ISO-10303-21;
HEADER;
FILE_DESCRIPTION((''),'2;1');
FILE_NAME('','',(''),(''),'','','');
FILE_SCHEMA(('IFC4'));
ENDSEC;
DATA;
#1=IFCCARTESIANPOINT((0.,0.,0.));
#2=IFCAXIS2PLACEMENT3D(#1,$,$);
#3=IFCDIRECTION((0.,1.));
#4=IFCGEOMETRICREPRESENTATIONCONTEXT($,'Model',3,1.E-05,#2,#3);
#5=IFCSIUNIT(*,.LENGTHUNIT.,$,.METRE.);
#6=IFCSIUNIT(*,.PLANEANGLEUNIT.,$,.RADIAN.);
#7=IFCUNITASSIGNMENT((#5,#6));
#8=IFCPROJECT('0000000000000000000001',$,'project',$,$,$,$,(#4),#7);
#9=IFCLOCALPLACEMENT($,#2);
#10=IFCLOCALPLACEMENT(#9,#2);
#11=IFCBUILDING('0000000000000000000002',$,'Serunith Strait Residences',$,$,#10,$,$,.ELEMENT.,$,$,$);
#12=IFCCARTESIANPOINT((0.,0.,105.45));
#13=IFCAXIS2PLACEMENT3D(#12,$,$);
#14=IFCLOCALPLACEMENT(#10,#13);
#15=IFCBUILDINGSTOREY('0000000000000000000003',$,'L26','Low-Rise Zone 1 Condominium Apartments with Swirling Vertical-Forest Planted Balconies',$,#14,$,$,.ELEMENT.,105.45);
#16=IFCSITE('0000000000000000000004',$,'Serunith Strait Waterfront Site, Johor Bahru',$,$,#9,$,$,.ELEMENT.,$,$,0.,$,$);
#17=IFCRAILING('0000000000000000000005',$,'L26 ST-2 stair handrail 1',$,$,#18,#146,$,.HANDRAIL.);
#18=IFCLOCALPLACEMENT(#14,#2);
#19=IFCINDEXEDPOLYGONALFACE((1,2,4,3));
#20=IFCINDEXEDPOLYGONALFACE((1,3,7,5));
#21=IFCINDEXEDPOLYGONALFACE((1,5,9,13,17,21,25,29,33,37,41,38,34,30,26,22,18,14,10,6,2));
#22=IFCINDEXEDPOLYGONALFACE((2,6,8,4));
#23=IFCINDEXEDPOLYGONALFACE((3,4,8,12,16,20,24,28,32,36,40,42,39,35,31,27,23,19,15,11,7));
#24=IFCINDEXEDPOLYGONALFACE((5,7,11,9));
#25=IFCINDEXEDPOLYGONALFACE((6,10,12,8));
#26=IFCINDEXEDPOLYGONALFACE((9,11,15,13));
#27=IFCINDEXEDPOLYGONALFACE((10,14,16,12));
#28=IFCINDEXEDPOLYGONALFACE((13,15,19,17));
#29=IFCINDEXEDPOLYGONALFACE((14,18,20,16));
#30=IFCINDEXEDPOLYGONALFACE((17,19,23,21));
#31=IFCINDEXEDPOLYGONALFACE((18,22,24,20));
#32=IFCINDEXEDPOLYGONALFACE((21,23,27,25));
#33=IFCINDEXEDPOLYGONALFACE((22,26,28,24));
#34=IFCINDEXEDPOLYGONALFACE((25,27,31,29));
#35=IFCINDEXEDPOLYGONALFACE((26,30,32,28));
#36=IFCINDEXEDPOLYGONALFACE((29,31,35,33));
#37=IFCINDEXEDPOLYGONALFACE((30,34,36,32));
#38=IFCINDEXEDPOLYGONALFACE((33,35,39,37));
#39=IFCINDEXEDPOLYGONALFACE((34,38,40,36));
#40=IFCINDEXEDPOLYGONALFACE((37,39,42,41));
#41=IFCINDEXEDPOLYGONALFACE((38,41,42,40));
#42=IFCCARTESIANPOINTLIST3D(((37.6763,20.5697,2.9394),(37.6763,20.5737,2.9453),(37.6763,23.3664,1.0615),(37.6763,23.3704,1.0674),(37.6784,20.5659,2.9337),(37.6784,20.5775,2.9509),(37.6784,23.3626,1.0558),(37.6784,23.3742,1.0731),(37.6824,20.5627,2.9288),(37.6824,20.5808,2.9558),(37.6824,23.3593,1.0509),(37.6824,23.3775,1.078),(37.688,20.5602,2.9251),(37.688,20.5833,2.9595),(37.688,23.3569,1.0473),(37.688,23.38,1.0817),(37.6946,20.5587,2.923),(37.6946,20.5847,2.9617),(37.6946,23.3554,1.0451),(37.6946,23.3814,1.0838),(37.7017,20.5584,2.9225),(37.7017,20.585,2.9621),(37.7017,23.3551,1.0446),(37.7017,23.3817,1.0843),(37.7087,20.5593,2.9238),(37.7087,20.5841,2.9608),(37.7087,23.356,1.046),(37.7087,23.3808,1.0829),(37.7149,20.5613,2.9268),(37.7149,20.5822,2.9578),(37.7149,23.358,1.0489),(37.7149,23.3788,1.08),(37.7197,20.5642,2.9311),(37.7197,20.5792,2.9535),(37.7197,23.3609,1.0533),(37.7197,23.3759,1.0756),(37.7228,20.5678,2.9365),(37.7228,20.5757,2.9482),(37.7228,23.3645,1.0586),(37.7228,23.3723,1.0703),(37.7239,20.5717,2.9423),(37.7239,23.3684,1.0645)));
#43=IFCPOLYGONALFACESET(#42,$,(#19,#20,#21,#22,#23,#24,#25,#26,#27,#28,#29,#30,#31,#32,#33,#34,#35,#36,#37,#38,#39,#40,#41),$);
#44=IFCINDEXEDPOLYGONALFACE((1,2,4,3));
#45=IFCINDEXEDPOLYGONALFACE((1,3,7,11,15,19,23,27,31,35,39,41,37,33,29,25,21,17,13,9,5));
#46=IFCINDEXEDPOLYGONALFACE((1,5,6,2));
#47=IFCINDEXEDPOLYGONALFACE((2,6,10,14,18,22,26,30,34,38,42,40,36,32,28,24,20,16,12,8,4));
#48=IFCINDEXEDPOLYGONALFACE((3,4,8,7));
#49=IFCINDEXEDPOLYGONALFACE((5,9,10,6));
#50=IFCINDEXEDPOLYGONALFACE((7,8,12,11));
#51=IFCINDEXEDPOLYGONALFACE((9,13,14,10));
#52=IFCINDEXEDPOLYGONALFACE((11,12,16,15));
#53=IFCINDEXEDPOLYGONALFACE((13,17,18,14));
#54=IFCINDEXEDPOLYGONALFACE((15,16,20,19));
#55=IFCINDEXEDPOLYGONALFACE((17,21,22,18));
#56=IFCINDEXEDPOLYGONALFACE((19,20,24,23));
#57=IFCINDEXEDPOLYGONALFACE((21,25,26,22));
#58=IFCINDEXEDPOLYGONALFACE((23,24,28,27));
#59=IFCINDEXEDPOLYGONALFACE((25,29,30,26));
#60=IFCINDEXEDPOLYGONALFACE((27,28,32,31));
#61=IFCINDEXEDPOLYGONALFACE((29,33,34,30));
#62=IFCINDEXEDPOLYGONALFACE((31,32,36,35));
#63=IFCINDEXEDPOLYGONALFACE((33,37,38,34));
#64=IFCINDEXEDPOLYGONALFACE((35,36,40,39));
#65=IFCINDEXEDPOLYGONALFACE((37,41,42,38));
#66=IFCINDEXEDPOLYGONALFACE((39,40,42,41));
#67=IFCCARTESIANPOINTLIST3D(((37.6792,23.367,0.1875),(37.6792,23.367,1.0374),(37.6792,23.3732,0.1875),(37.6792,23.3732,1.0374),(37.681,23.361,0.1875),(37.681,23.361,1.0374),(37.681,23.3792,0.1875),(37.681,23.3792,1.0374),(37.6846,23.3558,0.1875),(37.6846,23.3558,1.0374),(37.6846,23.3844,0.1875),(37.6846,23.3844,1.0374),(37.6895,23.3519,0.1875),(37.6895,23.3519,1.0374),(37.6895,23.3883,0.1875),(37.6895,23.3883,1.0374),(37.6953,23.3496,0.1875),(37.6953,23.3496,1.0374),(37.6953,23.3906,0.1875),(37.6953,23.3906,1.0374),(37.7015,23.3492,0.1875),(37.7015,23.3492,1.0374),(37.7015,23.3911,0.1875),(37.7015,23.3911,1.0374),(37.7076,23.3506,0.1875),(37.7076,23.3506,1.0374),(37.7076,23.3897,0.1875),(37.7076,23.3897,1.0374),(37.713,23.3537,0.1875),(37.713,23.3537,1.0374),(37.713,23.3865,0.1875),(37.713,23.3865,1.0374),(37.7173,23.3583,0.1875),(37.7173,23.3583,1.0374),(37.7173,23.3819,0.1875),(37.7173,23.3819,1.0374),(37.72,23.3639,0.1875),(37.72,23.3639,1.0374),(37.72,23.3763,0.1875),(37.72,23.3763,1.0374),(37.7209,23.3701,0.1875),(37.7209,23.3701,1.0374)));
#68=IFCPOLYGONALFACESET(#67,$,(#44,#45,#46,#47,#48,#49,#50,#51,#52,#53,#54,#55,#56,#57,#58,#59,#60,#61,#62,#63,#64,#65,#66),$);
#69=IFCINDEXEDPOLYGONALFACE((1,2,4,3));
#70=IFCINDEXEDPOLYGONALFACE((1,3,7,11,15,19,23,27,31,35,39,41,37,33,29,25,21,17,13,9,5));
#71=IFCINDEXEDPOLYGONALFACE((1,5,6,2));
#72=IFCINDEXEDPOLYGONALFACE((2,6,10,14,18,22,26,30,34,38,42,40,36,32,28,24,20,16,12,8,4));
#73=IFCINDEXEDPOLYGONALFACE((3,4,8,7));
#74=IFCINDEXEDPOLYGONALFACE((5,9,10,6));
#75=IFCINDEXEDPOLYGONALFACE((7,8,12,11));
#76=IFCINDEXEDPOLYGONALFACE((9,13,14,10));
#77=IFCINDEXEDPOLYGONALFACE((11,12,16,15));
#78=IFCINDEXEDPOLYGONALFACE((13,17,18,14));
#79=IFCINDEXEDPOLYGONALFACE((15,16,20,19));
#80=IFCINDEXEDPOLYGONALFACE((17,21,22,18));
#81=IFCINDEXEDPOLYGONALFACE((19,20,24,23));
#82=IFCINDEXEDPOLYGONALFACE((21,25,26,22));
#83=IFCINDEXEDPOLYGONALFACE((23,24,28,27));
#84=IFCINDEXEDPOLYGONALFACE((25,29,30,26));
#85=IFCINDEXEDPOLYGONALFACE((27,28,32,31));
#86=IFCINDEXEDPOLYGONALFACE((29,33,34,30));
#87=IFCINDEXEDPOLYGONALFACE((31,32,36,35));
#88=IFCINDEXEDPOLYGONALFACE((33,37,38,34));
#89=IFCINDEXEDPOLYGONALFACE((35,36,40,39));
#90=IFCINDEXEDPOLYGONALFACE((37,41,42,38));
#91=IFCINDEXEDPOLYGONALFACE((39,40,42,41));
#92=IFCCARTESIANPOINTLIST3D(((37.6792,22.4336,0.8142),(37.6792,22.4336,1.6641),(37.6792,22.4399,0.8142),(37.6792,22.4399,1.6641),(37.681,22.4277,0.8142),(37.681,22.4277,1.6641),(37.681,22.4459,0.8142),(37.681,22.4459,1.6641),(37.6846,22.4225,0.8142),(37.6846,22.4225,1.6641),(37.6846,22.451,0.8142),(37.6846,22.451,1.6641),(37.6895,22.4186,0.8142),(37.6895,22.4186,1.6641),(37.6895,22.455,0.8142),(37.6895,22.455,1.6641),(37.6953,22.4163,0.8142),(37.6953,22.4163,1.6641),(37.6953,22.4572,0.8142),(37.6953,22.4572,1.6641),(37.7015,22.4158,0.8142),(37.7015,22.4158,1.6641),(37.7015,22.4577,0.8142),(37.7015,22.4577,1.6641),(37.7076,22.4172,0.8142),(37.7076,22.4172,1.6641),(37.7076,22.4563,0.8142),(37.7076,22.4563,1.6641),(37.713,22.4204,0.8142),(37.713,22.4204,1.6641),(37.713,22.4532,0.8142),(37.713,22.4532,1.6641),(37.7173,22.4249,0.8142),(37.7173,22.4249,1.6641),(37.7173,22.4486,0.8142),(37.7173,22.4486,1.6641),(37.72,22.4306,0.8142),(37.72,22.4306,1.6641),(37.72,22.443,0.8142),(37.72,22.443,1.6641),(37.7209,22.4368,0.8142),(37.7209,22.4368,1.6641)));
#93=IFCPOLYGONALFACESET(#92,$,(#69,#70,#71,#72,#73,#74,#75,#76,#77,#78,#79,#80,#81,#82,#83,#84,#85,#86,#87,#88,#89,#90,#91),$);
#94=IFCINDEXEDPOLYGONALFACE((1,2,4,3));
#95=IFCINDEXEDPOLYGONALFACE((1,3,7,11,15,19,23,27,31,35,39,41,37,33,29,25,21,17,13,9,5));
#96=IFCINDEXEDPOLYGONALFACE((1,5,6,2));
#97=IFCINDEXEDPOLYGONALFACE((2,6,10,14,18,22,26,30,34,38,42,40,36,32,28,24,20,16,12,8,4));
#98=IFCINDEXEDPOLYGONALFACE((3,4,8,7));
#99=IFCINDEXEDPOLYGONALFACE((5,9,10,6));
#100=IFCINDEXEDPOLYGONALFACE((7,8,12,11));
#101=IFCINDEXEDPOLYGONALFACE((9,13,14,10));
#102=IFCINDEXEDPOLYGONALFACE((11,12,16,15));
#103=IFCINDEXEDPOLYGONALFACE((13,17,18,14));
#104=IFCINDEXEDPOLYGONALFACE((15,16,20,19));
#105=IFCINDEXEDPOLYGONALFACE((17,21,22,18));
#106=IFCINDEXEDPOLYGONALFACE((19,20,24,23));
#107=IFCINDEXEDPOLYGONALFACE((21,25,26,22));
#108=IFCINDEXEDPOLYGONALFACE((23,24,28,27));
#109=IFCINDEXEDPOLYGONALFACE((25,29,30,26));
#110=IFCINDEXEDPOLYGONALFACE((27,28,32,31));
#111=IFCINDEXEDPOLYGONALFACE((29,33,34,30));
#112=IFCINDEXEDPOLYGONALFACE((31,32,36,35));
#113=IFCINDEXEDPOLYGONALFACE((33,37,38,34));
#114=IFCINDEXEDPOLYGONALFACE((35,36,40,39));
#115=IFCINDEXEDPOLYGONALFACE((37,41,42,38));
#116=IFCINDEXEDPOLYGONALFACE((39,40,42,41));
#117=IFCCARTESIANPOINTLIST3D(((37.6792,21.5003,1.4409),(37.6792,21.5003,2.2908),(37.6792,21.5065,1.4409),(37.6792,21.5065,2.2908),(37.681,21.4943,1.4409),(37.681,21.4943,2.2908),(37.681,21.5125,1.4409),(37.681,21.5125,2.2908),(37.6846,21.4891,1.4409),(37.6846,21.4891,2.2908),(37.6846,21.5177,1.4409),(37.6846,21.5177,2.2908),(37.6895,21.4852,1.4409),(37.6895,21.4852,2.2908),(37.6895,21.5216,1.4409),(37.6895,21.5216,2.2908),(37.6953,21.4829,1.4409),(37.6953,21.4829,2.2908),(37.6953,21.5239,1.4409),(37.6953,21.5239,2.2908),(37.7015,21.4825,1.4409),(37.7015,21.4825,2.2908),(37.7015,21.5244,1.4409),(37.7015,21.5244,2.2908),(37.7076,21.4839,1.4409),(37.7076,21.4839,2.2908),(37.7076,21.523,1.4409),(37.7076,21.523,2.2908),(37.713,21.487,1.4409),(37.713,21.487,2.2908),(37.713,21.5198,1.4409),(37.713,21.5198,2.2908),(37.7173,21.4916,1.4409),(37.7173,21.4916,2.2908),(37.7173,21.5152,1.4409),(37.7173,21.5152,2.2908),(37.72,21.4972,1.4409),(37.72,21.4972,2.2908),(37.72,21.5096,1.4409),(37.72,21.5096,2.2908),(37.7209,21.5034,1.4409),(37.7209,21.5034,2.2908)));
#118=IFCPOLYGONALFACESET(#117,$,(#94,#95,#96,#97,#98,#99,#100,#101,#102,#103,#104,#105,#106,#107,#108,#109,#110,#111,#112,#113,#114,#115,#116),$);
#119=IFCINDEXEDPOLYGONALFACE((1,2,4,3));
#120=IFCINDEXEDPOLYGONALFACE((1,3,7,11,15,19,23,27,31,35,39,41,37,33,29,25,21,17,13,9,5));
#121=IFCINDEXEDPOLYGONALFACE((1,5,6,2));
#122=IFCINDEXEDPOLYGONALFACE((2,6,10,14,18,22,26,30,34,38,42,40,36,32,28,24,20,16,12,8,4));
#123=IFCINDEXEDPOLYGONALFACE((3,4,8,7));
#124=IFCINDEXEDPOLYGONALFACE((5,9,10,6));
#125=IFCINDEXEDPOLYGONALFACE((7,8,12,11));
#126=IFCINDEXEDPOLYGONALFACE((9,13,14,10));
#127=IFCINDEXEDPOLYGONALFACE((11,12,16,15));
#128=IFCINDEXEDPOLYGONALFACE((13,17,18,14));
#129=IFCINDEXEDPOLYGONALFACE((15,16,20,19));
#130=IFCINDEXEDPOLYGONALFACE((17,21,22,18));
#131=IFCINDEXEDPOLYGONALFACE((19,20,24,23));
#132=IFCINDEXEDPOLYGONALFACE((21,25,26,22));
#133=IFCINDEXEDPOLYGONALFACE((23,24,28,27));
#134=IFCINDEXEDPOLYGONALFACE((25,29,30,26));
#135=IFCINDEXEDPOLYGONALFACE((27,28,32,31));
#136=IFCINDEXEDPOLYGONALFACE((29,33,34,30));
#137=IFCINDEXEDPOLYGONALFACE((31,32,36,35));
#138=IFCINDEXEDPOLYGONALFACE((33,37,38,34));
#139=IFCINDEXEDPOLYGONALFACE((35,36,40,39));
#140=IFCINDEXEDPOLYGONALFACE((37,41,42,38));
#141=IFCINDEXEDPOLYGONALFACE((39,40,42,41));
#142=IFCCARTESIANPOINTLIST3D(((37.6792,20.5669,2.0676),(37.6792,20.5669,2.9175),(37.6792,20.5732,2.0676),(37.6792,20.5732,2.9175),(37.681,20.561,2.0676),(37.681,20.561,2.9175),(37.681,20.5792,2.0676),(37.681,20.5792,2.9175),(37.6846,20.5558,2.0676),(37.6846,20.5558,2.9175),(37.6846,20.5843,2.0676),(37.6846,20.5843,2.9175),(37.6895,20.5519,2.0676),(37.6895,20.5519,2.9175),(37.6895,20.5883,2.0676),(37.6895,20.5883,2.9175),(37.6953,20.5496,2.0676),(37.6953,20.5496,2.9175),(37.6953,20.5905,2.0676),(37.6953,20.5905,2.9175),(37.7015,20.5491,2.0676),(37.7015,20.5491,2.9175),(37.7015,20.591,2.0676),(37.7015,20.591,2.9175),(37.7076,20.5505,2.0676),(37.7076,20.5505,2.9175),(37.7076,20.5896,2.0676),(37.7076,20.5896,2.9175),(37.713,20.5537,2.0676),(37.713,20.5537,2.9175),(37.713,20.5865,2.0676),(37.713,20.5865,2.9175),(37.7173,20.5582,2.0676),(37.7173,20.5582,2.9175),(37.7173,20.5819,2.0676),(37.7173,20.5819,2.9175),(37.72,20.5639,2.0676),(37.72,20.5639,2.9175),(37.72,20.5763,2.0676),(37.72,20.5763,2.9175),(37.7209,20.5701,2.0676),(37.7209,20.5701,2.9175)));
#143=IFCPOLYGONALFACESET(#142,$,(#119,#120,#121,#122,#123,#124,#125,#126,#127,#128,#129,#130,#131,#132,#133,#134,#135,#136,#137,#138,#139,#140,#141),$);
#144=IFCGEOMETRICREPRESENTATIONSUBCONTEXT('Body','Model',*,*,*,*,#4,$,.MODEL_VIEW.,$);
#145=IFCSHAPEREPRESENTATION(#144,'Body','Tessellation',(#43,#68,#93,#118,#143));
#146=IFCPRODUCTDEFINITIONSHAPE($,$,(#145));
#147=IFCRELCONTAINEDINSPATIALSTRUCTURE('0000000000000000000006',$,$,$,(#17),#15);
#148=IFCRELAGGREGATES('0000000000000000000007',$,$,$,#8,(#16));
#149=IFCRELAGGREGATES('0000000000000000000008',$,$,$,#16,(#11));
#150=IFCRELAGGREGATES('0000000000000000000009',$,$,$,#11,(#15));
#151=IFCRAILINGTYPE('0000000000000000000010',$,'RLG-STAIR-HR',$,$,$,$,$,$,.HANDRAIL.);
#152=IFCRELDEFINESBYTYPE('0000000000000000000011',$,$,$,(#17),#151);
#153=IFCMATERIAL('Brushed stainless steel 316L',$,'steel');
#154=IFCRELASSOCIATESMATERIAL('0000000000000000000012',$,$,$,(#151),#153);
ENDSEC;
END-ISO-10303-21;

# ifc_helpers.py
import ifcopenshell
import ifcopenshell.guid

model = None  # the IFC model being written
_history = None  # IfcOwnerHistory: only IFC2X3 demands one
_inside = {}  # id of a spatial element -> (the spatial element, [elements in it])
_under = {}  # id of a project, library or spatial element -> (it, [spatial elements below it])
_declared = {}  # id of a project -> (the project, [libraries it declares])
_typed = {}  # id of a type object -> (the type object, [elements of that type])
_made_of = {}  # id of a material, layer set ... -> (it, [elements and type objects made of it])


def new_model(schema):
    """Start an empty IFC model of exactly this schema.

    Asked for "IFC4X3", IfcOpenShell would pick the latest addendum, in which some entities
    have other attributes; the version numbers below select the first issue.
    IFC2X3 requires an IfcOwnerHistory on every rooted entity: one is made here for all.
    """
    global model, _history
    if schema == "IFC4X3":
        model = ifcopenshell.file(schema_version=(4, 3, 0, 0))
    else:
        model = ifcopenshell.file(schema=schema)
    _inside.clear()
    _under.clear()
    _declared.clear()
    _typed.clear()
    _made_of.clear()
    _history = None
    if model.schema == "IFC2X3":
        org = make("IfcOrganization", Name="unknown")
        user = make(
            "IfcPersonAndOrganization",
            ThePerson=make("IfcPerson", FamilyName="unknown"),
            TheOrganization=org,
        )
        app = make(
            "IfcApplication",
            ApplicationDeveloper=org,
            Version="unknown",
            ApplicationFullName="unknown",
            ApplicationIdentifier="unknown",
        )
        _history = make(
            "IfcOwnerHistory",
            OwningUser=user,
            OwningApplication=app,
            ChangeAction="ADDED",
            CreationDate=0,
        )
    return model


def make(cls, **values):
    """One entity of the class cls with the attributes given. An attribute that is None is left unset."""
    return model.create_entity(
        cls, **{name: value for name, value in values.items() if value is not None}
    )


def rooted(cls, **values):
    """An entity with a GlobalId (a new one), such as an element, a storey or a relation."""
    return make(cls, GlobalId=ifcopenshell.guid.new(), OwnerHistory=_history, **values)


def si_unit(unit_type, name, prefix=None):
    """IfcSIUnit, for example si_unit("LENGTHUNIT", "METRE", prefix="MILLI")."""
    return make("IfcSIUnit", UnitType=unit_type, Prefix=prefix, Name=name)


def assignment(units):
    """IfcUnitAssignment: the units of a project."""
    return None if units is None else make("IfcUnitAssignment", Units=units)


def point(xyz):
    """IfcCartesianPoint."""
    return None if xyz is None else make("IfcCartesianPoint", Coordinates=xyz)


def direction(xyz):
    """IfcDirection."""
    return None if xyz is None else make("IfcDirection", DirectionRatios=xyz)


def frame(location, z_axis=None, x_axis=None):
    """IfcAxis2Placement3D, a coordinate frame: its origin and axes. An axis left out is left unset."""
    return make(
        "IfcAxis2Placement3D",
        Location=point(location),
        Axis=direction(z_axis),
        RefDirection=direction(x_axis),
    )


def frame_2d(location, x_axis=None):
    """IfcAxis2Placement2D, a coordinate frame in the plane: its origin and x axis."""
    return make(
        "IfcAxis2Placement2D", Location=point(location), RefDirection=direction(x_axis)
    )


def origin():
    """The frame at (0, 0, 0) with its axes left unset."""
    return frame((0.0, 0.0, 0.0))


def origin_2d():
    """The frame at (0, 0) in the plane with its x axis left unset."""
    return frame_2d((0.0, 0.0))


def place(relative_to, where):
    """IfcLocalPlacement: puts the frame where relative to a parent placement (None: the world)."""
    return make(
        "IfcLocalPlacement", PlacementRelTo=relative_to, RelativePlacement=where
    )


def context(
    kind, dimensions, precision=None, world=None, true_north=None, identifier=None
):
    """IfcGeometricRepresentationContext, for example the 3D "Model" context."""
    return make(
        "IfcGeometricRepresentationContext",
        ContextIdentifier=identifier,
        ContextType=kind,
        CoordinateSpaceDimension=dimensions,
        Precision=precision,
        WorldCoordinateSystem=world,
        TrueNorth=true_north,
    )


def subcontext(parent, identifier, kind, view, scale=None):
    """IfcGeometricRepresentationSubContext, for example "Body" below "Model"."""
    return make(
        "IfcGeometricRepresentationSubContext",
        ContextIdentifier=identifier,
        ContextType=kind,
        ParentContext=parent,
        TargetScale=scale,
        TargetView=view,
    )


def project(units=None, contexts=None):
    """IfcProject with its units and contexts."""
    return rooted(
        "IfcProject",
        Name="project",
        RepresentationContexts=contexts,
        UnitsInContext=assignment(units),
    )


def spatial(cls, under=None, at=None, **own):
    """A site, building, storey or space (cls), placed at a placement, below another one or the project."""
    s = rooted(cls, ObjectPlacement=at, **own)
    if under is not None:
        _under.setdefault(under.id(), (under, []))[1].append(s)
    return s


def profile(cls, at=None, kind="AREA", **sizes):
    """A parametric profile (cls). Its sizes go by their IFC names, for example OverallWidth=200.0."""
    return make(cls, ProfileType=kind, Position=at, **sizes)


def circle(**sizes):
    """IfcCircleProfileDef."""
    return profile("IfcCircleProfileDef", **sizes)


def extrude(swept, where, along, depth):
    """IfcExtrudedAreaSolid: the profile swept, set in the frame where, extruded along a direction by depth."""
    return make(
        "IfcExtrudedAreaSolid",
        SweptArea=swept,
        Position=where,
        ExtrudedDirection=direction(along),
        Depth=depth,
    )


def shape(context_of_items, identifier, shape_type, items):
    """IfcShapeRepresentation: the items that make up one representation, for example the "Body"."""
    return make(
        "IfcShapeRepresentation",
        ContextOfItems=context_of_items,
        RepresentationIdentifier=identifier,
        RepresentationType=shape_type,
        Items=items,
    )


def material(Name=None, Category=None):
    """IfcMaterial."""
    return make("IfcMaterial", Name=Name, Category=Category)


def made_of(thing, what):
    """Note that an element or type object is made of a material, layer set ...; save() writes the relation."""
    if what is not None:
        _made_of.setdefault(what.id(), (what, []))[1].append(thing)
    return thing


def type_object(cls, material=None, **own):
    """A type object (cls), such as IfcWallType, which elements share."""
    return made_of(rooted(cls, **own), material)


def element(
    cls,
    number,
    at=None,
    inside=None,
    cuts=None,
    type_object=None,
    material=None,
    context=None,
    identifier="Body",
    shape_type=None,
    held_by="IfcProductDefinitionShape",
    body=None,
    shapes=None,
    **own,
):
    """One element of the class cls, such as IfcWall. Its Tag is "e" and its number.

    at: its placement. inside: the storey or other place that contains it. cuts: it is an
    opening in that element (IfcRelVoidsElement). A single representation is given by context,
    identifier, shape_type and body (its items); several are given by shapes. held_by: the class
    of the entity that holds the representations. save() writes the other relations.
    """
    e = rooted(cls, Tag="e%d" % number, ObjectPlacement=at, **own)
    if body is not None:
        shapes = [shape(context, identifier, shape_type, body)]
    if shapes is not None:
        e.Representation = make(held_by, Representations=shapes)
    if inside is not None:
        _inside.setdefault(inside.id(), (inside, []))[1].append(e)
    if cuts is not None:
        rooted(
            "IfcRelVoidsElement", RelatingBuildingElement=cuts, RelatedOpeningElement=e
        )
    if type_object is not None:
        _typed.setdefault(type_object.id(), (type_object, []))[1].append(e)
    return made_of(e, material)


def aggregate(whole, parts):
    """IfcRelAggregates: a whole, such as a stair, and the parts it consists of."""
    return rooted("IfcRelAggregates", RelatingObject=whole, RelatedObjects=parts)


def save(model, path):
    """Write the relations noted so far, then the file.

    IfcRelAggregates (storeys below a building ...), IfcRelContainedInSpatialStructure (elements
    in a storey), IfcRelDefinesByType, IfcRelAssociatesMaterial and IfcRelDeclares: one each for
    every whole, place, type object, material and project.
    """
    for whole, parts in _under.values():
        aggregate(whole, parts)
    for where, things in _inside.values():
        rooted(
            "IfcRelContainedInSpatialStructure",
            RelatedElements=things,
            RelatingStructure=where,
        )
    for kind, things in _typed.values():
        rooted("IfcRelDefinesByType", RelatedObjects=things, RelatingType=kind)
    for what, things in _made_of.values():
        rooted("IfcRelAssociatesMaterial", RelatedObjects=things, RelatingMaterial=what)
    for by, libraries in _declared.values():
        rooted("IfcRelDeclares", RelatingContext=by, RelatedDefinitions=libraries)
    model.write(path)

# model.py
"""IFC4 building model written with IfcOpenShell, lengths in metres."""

from ifc_helpers import new_model, si_unit, direction, frame, origin, origin_2d, place, context, subcontext, project, spatial, circle, extrude, material, type_object, element, save


model = new_model("IFC4")

# Units and contexts
model_context = context("Model", 3, precision=1e-05, world=origin(), true_north=direction((0.0, 1.0)))
body_context = subcontext(model_context, "Body", "Model", "MODEL_VIEW")
ifc_project = project(units=[si_unit("LENGTHUNIT", "METRE"), si_unit("PLANEANGLEUNIT", "RADIAN")], contexts=[model_context])

# Site, building, storey
site_placement = place(None, origin())
site = spatial("IfcSite", under=ifc_project, at=site_placement, Name="Serunith Strait Waterfront Site, Johor Bahru", CompositionType="ELEMENT", RefElevation=0.0)
building_placement = place(site_placement, origin())
building = spatial("IfcBuilding", under=site, at=building_placement, Name="Serunith Strait Residences", CompositionType="ELEMENT")
storey_placement = place(building_placement, frame((0.0, 0.0, 105.45)))
storey = spatial("IfcBuildingStorey", under=building, at=storey_placement, Name="L26", Description="Low-Rise Zone 1 Condominium Apartments with Swirling Vertical-Forest Planted Balconies", CompositionType="ELEMENT", Elevation=105.45)

# Railing
ifc_material_1 = material(Name="Brushed stainless steel 316L", Category="steel")
railing_type_1 = type_object("IfcRailingType", Name="RLG-STAIR-HR", PredefinedType="HANDRAIL", material=ifc_material_1)
railing_1_placement = place(storey_placement, frame((37.7, 23.3701, 0.1875)))
element("IfcRailing", 1, at=railing_1_placement, inside=storey, type_object=railing_type_1, Name="L26 ST-2 stair handrail 1", PredefinedType="HANDRAIL", context=body_context, shape_type="SweptSolid", body=[
    extrude(circle(Radius=0.0239, at=origin_2d()), frame((0.0, -0.0017, 0.877), z_axis=(0.0, -0.830208, 0.557453), x_axis=(1.0, 0.0, 0.0)), (0.0, 0.0, 1.0), 3.3687),
    extrude(circle(Radius=0.021, at=origin_2d()), origin(), (0.0, 0.0, 1.0), 0.8499),
    extrude(circle(Radius=0.021, at=origin_2d()), frame((0.0, -0.9333, 0.6267)), (0.0, 0.0, 1.0), 0.8499),
    extrude(circle(Radius=0.021, at=origin_2d()), frame((0.0, -1.8667, 1.2534)), (0.0, 0.0, 1.0), 0.8499),
    extrude(circle(Radius=0.021, at=origin_2d()), frame((0.0, -2.8, 1.8801)), (0.0, 0.0, 1.0), 0.8499),
])

save(model, "model.ifc")
